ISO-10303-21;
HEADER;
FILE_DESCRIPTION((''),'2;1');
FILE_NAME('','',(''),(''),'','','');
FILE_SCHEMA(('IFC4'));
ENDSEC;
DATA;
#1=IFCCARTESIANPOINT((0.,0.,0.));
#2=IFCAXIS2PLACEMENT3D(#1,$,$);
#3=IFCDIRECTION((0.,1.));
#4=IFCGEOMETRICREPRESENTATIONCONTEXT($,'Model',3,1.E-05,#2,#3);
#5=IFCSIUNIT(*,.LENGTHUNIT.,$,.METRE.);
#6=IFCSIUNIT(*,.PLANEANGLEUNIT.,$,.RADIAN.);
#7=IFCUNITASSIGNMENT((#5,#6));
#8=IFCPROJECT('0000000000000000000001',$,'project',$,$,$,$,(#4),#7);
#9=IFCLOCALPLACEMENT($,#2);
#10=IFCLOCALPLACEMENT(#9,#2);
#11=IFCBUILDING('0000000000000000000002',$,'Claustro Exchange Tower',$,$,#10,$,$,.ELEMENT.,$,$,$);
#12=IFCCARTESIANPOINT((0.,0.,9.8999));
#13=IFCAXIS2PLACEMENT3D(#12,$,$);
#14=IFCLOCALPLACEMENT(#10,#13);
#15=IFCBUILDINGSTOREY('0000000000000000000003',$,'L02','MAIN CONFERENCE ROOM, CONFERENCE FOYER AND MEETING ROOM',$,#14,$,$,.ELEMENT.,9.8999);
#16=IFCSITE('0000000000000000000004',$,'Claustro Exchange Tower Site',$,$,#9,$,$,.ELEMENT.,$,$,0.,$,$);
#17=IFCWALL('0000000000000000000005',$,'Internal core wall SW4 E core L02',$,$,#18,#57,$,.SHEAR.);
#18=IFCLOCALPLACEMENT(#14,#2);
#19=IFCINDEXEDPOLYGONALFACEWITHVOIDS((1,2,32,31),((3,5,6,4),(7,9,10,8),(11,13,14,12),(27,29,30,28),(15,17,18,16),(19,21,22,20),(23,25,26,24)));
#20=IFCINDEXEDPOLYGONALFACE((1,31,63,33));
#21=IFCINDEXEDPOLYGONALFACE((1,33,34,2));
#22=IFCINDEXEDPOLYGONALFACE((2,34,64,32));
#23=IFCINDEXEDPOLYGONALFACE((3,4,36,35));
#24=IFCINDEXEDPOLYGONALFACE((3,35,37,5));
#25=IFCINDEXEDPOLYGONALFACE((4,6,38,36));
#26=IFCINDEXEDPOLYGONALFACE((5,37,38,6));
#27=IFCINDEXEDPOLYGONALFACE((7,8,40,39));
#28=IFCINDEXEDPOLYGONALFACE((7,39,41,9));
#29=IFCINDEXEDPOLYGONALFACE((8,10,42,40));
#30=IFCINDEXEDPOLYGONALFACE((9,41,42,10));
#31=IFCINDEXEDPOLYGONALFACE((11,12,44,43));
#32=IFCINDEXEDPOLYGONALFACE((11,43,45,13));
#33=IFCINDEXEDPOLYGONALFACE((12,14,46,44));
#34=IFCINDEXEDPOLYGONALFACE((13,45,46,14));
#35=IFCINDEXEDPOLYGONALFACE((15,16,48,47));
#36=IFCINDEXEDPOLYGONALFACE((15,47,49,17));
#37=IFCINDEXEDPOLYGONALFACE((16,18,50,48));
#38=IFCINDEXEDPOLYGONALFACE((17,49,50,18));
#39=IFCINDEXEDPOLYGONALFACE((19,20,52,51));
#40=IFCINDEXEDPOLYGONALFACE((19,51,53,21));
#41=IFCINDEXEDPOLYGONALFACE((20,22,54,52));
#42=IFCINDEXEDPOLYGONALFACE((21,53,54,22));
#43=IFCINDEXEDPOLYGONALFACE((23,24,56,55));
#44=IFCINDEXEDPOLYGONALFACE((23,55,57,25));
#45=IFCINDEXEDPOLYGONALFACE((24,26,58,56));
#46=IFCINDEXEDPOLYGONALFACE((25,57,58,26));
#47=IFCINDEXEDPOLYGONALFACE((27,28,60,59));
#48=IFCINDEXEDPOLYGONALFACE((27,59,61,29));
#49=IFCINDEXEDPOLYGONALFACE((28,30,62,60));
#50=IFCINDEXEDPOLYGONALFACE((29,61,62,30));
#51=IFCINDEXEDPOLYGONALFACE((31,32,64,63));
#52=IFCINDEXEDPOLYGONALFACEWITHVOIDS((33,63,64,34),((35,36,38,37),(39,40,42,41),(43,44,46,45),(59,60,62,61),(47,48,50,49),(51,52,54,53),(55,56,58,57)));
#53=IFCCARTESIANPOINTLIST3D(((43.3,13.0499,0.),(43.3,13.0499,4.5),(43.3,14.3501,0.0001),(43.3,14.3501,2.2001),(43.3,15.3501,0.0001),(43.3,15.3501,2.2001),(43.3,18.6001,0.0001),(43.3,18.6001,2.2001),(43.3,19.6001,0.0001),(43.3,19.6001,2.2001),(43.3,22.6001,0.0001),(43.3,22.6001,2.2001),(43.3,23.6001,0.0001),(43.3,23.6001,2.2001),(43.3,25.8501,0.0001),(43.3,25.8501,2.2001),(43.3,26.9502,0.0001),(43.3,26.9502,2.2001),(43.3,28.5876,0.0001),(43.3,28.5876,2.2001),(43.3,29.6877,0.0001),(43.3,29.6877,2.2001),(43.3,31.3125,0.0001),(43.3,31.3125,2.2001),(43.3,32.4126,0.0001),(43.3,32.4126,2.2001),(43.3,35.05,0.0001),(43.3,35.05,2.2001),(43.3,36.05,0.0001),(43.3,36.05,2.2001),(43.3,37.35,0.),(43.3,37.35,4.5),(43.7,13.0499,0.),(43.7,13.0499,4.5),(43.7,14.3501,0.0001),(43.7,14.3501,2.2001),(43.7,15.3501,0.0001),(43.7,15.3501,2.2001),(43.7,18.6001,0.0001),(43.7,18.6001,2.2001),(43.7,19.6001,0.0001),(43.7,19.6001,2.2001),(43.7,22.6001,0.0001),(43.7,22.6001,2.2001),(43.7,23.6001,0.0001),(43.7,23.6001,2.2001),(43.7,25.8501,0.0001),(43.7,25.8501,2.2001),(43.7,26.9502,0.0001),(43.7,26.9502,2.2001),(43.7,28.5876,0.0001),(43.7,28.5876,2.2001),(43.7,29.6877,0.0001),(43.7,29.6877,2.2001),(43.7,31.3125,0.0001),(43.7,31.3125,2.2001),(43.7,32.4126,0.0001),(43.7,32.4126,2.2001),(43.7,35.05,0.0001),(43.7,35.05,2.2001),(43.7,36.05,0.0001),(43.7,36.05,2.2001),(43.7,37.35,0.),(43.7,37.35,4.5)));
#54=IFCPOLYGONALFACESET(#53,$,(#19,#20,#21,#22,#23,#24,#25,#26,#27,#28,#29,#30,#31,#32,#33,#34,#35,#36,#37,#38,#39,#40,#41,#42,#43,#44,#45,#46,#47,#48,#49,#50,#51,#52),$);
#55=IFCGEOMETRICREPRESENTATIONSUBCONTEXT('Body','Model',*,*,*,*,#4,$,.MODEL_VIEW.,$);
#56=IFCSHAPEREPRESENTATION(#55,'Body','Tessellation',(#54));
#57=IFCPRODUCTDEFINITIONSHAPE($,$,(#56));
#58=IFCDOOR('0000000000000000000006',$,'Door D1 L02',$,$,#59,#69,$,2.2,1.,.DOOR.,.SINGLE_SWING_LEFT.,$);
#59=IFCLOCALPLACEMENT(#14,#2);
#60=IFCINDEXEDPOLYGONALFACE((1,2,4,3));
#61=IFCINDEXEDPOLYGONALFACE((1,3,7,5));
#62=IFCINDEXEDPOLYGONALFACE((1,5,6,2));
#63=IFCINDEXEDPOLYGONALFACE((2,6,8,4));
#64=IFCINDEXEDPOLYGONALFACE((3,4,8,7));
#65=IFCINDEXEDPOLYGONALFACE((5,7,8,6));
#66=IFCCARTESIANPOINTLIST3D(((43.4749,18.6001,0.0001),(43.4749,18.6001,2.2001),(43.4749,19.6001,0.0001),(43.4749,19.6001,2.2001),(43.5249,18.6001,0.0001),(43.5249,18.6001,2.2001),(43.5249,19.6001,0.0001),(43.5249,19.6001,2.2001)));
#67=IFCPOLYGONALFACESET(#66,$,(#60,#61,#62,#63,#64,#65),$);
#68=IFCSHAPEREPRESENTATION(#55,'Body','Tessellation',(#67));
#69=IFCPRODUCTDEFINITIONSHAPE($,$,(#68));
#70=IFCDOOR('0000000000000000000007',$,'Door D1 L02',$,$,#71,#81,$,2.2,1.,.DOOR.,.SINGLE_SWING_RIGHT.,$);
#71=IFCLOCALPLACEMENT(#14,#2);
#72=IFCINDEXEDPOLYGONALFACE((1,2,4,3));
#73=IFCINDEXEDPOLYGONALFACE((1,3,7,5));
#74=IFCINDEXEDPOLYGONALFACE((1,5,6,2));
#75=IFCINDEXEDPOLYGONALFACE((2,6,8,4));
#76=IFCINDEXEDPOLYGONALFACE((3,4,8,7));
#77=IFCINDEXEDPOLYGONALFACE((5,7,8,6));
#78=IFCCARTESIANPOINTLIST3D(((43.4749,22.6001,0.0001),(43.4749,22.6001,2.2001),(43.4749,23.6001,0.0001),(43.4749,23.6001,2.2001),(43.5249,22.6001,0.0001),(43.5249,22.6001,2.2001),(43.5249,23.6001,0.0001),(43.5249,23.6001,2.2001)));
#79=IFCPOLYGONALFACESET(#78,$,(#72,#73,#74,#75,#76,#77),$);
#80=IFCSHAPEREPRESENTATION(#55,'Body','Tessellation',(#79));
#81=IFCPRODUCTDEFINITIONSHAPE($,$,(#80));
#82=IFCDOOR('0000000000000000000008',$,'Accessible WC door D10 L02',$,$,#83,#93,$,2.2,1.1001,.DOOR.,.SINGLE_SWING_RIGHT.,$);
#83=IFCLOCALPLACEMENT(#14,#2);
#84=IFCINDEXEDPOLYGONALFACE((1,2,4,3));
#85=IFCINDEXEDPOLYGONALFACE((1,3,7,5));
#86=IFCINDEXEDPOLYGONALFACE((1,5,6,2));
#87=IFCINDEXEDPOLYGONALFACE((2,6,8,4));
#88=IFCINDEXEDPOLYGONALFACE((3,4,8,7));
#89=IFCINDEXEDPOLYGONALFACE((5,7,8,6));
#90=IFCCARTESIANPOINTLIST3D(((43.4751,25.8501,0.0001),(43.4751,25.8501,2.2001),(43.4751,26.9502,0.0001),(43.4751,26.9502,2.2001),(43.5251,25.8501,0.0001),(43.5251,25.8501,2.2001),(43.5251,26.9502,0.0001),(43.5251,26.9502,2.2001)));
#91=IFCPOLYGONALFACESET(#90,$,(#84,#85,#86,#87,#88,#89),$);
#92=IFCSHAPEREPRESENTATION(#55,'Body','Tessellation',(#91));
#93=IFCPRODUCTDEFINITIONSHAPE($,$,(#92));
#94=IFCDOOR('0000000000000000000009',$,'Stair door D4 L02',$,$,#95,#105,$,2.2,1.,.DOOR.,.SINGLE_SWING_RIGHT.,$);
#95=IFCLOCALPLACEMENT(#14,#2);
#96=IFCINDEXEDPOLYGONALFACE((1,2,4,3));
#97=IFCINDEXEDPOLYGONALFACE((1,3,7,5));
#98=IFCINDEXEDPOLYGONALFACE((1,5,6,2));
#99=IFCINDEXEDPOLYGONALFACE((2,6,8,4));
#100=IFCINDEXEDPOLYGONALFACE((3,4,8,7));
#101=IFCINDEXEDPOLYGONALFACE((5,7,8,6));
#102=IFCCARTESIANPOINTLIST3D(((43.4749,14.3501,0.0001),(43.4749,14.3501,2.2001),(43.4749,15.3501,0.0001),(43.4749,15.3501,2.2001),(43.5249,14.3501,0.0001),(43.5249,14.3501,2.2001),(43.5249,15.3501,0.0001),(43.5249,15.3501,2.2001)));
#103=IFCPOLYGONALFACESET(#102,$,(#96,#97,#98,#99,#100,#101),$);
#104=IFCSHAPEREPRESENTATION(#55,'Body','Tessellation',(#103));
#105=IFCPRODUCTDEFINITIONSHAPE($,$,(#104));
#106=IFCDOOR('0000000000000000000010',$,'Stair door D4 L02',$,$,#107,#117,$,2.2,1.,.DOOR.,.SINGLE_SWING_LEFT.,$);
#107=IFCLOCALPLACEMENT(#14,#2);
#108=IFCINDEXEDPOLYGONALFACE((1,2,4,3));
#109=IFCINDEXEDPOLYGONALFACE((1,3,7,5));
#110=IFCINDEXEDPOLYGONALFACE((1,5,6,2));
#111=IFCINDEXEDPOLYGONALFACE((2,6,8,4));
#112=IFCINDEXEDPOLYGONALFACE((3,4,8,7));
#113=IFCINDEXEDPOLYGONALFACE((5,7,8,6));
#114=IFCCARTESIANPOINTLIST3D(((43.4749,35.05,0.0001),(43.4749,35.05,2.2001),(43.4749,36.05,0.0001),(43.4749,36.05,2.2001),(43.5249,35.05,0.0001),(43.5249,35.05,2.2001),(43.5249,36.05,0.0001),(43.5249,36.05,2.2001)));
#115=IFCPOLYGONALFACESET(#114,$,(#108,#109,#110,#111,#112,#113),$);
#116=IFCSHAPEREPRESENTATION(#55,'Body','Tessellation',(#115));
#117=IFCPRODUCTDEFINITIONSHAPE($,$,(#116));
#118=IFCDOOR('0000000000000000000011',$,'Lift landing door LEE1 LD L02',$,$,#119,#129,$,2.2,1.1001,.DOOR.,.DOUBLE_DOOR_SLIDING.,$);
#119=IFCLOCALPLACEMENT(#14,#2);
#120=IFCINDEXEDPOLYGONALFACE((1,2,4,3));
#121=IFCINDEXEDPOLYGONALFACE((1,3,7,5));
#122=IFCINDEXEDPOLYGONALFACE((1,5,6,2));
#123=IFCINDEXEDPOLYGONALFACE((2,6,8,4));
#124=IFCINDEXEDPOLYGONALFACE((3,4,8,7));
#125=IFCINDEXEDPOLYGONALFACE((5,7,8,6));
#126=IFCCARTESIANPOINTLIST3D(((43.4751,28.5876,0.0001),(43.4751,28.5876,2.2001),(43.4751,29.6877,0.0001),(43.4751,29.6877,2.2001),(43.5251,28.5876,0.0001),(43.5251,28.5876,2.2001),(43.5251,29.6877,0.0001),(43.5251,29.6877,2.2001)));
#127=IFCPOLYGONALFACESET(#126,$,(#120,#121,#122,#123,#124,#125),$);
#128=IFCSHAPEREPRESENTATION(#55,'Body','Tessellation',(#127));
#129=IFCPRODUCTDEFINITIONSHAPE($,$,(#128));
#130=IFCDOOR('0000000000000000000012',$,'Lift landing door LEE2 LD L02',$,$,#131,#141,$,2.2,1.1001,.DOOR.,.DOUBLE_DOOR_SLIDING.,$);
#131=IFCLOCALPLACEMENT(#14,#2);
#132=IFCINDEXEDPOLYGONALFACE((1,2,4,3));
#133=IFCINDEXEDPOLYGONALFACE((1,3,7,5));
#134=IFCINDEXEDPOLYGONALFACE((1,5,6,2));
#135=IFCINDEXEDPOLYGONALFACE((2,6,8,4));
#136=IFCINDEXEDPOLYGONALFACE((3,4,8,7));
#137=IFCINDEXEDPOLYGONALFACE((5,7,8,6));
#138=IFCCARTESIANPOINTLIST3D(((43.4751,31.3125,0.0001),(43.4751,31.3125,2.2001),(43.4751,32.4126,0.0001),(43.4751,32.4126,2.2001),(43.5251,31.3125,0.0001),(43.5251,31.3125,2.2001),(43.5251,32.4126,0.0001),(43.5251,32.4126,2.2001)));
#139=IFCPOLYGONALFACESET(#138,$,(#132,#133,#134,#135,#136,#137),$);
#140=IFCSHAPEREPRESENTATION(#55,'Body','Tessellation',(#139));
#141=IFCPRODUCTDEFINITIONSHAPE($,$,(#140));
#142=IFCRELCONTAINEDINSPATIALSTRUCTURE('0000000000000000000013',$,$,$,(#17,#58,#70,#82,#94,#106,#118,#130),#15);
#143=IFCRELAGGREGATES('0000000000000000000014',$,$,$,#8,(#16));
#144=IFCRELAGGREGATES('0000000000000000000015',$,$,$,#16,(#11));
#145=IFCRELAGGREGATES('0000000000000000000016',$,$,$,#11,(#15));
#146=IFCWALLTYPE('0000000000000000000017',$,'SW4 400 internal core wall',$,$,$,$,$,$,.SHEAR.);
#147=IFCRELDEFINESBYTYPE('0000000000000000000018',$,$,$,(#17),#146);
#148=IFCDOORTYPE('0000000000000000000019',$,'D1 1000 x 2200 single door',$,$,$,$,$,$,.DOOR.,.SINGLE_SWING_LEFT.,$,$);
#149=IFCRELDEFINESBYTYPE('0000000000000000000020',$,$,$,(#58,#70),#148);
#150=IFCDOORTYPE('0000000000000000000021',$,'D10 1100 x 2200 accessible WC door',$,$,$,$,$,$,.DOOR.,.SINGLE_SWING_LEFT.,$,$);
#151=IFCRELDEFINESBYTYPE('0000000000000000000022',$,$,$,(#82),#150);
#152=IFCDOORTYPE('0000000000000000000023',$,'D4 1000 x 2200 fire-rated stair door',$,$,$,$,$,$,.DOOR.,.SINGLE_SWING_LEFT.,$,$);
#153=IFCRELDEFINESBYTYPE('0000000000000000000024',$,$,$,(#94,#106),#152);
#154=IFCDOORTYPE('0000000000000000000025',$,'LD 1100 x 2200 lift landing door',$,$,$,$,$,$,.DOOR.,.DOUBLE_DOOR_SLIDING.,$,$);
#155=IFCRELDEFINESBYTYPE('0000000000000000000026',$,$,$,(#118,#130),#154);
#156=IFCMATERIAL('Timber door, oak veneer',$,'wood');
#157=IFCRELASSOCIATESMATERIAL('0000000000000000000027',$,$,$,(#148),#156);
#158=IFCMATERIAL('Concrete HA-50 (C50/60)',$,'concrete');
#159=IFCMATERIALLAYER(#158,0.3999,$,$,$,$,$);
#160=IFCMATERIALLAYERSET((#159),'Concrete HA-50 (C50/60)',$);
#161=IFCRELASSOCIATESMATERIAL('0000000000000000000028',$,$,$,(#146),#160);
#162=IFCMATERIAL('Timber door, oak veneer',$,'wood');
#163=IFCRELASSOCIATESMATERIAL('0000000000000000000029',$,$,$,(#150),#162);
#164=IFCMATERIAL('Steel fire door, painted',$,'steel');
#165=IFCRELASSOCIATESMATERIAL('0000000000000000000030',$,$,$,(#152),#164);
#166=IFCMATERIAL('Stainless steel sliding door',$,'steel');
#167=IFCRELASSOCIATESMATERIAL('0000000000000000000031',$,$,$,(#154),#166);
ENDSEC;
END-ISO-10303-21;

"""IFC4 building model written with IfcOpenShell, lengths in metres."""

from ifc_helpers import new_model, si_unit, direction, frame, frame_2d, origin, place, context, subcontext, project, spatial, rectangle, extrude, material, layer, layer_set, type_object, element, fill, save


model = new_model("IFC4")

# Units and contexts
model_context = context("Model", 3, precision=1e-05, world=origin(), true_north=direction((0.0, 1.0)))
body_context = subcontext(model_context, "Body", "Model", "MODEL_VIEW")
ifc_project = project(units=[si_unit("LENGTHUNIT", "METRE"), si_unit("PLANEANGLEUNIT", "RADIAN")], contexts=[model_context])

# Site, building, storey
site_placement = place(None, origin())
site = spatial("IfcSite", under=ifc_project, at=site_placement, Name="Claustro Exchange Tower Site", CompositionType="ELEMENT", RefElevation=0.0)
building_placement = place(site_placement, origin())
building = spatial("IfcBuilding", under=site, at=building_placement, Name="Claustro Exchange Tower", CompositionType="ELEMENT")
storey_placement = place(building_placement, frame((0.0, 0.0, 9.8999)))
storey = spatial("IfcBuildingStorey", under=building, at=storey_placement, Name="L02", Description="MAIN CONFERENCE ROOM, CONFERENCE FOYER AND MEETING ROOM", CompositionType="ELEMENT", Elevation=9.8999)

# Shared definitions
ifc_material_1 = material(Name="Timber door, oak veneer", Category="wood")
door_type_1 = type_object("IfcDoorType", Name="D1 1000 x 2200 single door", OperationType="SINGLE_SWING_LEFT", PredefinedType="DOOR", material=ifc_material_1)

# Wall, openings, doors
ifc_material_2 = material(Name="Concrete HA-50 (C50/60)", Category="concrete")
ifc_layer_1 = layer(ifc_material_2, 0.3999)
ifc_layer_set_1 = layer_set([ifc_layer_1], Name="Concrete HA-50 (C50/60)")
wall_type_1 = type_object("IfcWallType", Name="SW4 400 internal core wall", PredefinedType="SHEAR", material=ifc_layer_set_1)
wall_1_placement = place(storey_placement, frame((43.5, 13.05, 0.0), z_axis=(0.0, 0.0, 1.0), x_axis=(0.0, 1.0, 0.0)))
wall_1 = element("IfcWall", 1, at=wall_1_placement, inside=storey, type_object=wall_type_1, Name="Internal core wall SW4 E core L02", PredefinedType="SHEAR", context=body_context, shape_type="SweptSolid", body=[
    extrude(rectangle(XDim=24.3, YDim=0.3999, at=frame_2d((12.1499, 0.0))), origin(), (0.0, 0.0, 1.0), 4.5),
])
opening_1_placement = place(wall_1_placement, frame((1.3, 0.0, 0.0)))
opening_1 = element("IfcOpeningElement", 2, at=opening_1_placement, cuts=wall_1, PredefinedType="OPENING", context=body_context, shape_type="SweptSolid", body=[
    extrude(rectangle(XDim=1.0, YDim=2.2, at=frame_2d((0.5, 1.1001))), frame((0.0, 0.21, 0.0), z_axis=(0.0, -1.0, 0.0), x_axis=(1.0, 0.0, 0.0)), (0.0, 0.0, 1.0), 0.4199),
])
opening_2_placement = place(wall_1_placement, frame((22.0, 0.0, 0.0)))
opening_2 = element("IfcOpeningElement", 3, at=opening_2_placement, cuts=wall_1, PredefinedType="OPENING", context=body_context, shape_type="SweptSolid", body=[
    extrude(rectangle(XDim=1.0, YDim=2.2, at=frame_2d((0.5, 1.1001))), frame((0.0, 0.21, 0.0), z_axis=(0.0, -1.0, 0.0), x_axis=(1.0, 0.0, 0.0)), (0.0, 0.0, 1.0), 0.4199),
])
opening_3_placement = place(wall_1_placement, frame((5.55, 0.0, 0.0)))
opening_3 = element("IfcOpeningElement", 4, at=opening_3_placement, cuts=wall_1, PredefinedType="OPENING", context=body_context, shape_type="SweptSolid", body=[
    extrude(rectangle(XDim=1.0, YDim=2.2, at=frame_2d((0.5, 1.1001))), frame((0.0, 0.21, 0.0), z_axis=(0.0, -1.0, 0.0), x_axis=(1.0, 0.0, 0.0)), (0.0, 0.0, 1.0), 0.4199),
])
opening_4_placement = place(wall_1_placement, frame((9.55, 0.0, 0.0)))
opening_4 = element("IfcOpeningElement", 5, at=opening_4_placement, cuts=wall_1, PredefinedType="OPENING", context=body_context, shape_type="SweptSolid", body=[
    extrude(rectangle(XDim=1.0, YDim=2.2, at=frame_2d((0.5, 1.1001))), frame((0.0, 0.21, 0.0), z_axis=(0.0, -1.0, 0.0), x_axis=(1.0, 0.0, 0.0)), (0.0, 0.0, 1.0), 0.4199),
])
opening_5_placement = place(wall_1_placement, frame((12.8, 0.0, 0.0)))
opening_5 = element("IfcOpeningElement", 6, at=opening_5_placement, cuts=wall_1, PredefinedType="OPENING", context=body_context, shape_type="SweptSolid", body=[
    extrude(rectangle(XDim=1.1001, YDim=2.2, at=frame_2d((0.55, 1.1001))), frame((0.0, 0.21, 0.0), z_axis=(0.0, -1.0, 0.0), x_axis=(1.0, 0.0, 0.0)), (0.0, 0.0, 1.0), 0.4199),
])
opening_6_placement = place(wall_1_placement, frame((15.5376, 0.0, 0.0)))
opening_6 = element("IfcOpeningElement", 7, at=opening_6_placement, cuts=wall_1, PredefinedType="OPENING", context=body_context, shape_type="SweptSolid", body=[
    extrude(rectangle(XDim=1.1001, YDim=2.2, at=frame_2d((0.55, 1.1001))), frame((0.0, 0.21, 0.0), z_axis=(0.0, -1.0, 0.0), x_axis=(1.0, 0.0, 0.0)), (0.0, 0.0, 1.0), 0.4199),
])
opening_7_placement = place(wall_1_placement, frame((18.2625, 0.0, 0.0)))
opening_7 = element("IfcOpeningElement", 8, at=opening_7_placement, cuts=wall_1, PredefinedType="OPENING", context=body_context, shape_type="SweptSolid", body=[
    extrude(rectangle(XDim=1.1001, YDim=2.2, at=frame_2d((0.55, 1.1001))), frame((0.0, 0.21, 0.0), z_axis=(0.0, -1.0, 0.0), x_axis=(1.0, 0.0, 0.0)), (0.0, 0.0, 1.0), 0.4199),
])
door_1_placement = place(opening_3_placement, frame((1.0, 0.0, 0.0), z_axis=(0.0, 0.0, 1.0), x_axis=(-1.0, 0.0, 0.0)))
door_1 = element("IfcDoor", 9, at=door_1_placement, inside=storey, type_object=door_type_1, Name="Door D1 L02", OperationType="SINGLE_SWING_LEFT", OverallHeight=2.2, OverallWidth=1.0, PredefinedType="DOOR", context=body_context, shape_type="SweptSolid", body=[
    extrude(rectangle(XDim=1.0, YDim=2.2, at=frame_2d((0.5, 1.1001))), frame((0.0, 0.0249, 0.0), z_axis=(0.0, -1.0, 0.0), x_axis=(1.0, 0.0, 0.0)), (0.0, 0.0, 1.0), 0.05),
])
fill(opening_3, door_1)
door_2_placement = place(opening_4_placement, frame((1.0, 0.0, 0.0), z_axis=(0.0, 0.0, 1.0), x_axis=(-1.0, 0.0, 0.0)))
door_2 = element("IfcDoor", 10, at=door_2_placement, inside=storey, type_object=door_type_1, Name="Door D1 L02", OperationType="SINGLE_SWING_RIGHT", OverallHeight=2.2, OverallWidth=1.0, PredefinedType="DOOR", context=body_context, shape_type="SweptSolid", body=[
    extrude(rectangle(XDim=1.0, YDim=2.2, at=frame_2d((0.5, 1.1001))), frame((0.0, 0.0249, 0.0), z_axis=(0.0, -1.0, 0.0), x_axis=(1.0, 0.0, 0.0)), (0.0, 0.0, 1.0), 0.05),
])
fill(opening_4, door_2)
ifc_material_3 = material(Name="Timber door, oak veneer", Category="wood")
door_type_2 = type_object("IfcDoorType", Name="D10 1100 x 2200 accessible WC door", OperationType="SINGLE_SWING_LEFT", PredefinedType="DOOR", material=ifc_material_3)
door_3_placement = place(opening_5_placement, origin())
door_3 = element("IfcDoor", 11, at=door_3_placement, inside=storey, type_object=door_type_2, Name="Accessible WC door D10 L02", OperationType="SINGLE_SWING_RIGHT", OverallHeight=2.2, OverallWidth=1.1001, PredefinedType="DOOR", context=body_context, shape_type="SweptSolid", body=[
    extrude(rectangle(XDim=1.1001, YDim=2.2, at=frame_2d((0.55, 1.1001))), frame((0.0, 0.0249, 0.0), z_axis=(0.0, -1.0, 0.0), x_axis=(1.0, 0.0, 0.0)), (0.0, 0.0, 1.0), 0.05),
])
fill(opening_5, door_3)
ifc_material_4 = material(Name="Steel fire door, painted", Category="steel")
door_type_3 = type_object("IfcDoorType", Name="D4 1000 x 2200 fire-rated stair door", OperationType="SINGLE_SWING_LEFT", PredefinedType="DOOR", material=ifc_material_4)
door_4_placement = place(opening_1_placement, frame((1.0, 0.0, 0.0), z_axis=(0.0, 0.0, 1.0), x_axis=(-1.0, 0.0, 0.0)))
door_4 = element("IfcDoor", 12, at=door_4_placement, inside=storey, type_object=door_type_3, Name="Stair door D4 L02", OperationType="SINGLE_SWING_RIGHT", OverallHeight=2.2, OverallWidth=1.0, PredefinedType="DOOR", context=body_context, shape_type="SweptSolid", body=[
    extrude(rectangle(XDim=1.0, YDim=2.2, at=frame_2d((0.5, 1.1001))), frame((0.0, 0.0249, 0.0), z_axis=(0.0, -1.0, 0.0), x_axis=(1.0, 0.0, 0.0)), (0.0, 0.0, 1.0), 0.05),
])
fill(opening_1, door_4)
door_5_placement = place(opening_2_placement, frame((1.0, 0.0, 0.0), z_axis=(0.0, 0.0, 1.0), x_axis=(-1.0, 0.0, 0.0)))
door_5 = element("IfcDoor", 13, at=door_5_placement, inside=storey, type_object=door_type_3, Name="Stair door D4 L02", OperationType="SINGLE_SWING_LEFT", OverallHeight=2.2, OverallWidth=1.0, PredefinedType="DOOR", context=body_context, shape_type="SweptSolid", body=[
    extrude(rectangle(XDim=1.0, YDim=2.2, at=frame_2d((0.5, 1.1001))), frame((0.0, 0.0249, 0.0), z_axis=(0.0, -1.0, 0.0), x_axis=(1.0, 0.0, 0.0)), (0.0, 0.0, 1.0), 0.05),
])
fill(opening_2, door_5)
ifc_material_5 = material(Name="Stainless steel sliding door", Category="steel")
door_type_4 = type_object("IfcDoorType", Name="LD 1100 x 2200 lift landing door", OperationType="DOUBLE_DOOR_SLIDING", PredefinedType="DOOR", material=ifc_material_5)
door_6_placement = place(opening_6_placement, origin())
door_6 = element("IfcDoor", 14, at=door_6_placement, inside=storey, type_object=door_type_4, Name="Lift landing door LEE1 LD L02", OperationType="DOUBLE_DOOR_SLIDING", OverallHeight=2.2, OverallWidth=1.1001, PredefinedType="DOOR", context=body_context, shape_type="SweptSolid", body=[
    extrude(rectangle(XDim=1.1001, YDim=2.2, at=frame_2d((0.55, 1.1001))), frame((0.0, 0.0249, 0.0), z_axis=(0.0, -1.0, 0.0), x_axis=(1.0, 0.0, 0.0)), (0.0, 0.0, 1.0), 0.05),
])
fill(opening_6, door_6)
door_7_placement = place(opening_7_placement, origin())
door_7 = element("IfcDoor", 15, at=door_7_placement, inside=storey, type_object=door_type_4, Name="Lift landing door LEE2 LD L02", OperationType="DOUBLE_DOOR_SLIDING", OverallHeight=2.2, OverallWidth=1.1001, PredefinedType="DOOR", context=body_context, shape_type="SweptSolid", body=[
    extrude(rectangle(XDim=1.1001, YDim=2.2, at=frame_2d((0.55, 1.1001))), frame((0.0, 0.0249, 0.0), z_axis=(0.0, -1.0, 0.0), x_axis=(1.0, 0.0, 0.0)), (0.0, 0.0, 1.0), 0.05),
])
fill(opening_7, door_7)

save(model, "model.ifc")
